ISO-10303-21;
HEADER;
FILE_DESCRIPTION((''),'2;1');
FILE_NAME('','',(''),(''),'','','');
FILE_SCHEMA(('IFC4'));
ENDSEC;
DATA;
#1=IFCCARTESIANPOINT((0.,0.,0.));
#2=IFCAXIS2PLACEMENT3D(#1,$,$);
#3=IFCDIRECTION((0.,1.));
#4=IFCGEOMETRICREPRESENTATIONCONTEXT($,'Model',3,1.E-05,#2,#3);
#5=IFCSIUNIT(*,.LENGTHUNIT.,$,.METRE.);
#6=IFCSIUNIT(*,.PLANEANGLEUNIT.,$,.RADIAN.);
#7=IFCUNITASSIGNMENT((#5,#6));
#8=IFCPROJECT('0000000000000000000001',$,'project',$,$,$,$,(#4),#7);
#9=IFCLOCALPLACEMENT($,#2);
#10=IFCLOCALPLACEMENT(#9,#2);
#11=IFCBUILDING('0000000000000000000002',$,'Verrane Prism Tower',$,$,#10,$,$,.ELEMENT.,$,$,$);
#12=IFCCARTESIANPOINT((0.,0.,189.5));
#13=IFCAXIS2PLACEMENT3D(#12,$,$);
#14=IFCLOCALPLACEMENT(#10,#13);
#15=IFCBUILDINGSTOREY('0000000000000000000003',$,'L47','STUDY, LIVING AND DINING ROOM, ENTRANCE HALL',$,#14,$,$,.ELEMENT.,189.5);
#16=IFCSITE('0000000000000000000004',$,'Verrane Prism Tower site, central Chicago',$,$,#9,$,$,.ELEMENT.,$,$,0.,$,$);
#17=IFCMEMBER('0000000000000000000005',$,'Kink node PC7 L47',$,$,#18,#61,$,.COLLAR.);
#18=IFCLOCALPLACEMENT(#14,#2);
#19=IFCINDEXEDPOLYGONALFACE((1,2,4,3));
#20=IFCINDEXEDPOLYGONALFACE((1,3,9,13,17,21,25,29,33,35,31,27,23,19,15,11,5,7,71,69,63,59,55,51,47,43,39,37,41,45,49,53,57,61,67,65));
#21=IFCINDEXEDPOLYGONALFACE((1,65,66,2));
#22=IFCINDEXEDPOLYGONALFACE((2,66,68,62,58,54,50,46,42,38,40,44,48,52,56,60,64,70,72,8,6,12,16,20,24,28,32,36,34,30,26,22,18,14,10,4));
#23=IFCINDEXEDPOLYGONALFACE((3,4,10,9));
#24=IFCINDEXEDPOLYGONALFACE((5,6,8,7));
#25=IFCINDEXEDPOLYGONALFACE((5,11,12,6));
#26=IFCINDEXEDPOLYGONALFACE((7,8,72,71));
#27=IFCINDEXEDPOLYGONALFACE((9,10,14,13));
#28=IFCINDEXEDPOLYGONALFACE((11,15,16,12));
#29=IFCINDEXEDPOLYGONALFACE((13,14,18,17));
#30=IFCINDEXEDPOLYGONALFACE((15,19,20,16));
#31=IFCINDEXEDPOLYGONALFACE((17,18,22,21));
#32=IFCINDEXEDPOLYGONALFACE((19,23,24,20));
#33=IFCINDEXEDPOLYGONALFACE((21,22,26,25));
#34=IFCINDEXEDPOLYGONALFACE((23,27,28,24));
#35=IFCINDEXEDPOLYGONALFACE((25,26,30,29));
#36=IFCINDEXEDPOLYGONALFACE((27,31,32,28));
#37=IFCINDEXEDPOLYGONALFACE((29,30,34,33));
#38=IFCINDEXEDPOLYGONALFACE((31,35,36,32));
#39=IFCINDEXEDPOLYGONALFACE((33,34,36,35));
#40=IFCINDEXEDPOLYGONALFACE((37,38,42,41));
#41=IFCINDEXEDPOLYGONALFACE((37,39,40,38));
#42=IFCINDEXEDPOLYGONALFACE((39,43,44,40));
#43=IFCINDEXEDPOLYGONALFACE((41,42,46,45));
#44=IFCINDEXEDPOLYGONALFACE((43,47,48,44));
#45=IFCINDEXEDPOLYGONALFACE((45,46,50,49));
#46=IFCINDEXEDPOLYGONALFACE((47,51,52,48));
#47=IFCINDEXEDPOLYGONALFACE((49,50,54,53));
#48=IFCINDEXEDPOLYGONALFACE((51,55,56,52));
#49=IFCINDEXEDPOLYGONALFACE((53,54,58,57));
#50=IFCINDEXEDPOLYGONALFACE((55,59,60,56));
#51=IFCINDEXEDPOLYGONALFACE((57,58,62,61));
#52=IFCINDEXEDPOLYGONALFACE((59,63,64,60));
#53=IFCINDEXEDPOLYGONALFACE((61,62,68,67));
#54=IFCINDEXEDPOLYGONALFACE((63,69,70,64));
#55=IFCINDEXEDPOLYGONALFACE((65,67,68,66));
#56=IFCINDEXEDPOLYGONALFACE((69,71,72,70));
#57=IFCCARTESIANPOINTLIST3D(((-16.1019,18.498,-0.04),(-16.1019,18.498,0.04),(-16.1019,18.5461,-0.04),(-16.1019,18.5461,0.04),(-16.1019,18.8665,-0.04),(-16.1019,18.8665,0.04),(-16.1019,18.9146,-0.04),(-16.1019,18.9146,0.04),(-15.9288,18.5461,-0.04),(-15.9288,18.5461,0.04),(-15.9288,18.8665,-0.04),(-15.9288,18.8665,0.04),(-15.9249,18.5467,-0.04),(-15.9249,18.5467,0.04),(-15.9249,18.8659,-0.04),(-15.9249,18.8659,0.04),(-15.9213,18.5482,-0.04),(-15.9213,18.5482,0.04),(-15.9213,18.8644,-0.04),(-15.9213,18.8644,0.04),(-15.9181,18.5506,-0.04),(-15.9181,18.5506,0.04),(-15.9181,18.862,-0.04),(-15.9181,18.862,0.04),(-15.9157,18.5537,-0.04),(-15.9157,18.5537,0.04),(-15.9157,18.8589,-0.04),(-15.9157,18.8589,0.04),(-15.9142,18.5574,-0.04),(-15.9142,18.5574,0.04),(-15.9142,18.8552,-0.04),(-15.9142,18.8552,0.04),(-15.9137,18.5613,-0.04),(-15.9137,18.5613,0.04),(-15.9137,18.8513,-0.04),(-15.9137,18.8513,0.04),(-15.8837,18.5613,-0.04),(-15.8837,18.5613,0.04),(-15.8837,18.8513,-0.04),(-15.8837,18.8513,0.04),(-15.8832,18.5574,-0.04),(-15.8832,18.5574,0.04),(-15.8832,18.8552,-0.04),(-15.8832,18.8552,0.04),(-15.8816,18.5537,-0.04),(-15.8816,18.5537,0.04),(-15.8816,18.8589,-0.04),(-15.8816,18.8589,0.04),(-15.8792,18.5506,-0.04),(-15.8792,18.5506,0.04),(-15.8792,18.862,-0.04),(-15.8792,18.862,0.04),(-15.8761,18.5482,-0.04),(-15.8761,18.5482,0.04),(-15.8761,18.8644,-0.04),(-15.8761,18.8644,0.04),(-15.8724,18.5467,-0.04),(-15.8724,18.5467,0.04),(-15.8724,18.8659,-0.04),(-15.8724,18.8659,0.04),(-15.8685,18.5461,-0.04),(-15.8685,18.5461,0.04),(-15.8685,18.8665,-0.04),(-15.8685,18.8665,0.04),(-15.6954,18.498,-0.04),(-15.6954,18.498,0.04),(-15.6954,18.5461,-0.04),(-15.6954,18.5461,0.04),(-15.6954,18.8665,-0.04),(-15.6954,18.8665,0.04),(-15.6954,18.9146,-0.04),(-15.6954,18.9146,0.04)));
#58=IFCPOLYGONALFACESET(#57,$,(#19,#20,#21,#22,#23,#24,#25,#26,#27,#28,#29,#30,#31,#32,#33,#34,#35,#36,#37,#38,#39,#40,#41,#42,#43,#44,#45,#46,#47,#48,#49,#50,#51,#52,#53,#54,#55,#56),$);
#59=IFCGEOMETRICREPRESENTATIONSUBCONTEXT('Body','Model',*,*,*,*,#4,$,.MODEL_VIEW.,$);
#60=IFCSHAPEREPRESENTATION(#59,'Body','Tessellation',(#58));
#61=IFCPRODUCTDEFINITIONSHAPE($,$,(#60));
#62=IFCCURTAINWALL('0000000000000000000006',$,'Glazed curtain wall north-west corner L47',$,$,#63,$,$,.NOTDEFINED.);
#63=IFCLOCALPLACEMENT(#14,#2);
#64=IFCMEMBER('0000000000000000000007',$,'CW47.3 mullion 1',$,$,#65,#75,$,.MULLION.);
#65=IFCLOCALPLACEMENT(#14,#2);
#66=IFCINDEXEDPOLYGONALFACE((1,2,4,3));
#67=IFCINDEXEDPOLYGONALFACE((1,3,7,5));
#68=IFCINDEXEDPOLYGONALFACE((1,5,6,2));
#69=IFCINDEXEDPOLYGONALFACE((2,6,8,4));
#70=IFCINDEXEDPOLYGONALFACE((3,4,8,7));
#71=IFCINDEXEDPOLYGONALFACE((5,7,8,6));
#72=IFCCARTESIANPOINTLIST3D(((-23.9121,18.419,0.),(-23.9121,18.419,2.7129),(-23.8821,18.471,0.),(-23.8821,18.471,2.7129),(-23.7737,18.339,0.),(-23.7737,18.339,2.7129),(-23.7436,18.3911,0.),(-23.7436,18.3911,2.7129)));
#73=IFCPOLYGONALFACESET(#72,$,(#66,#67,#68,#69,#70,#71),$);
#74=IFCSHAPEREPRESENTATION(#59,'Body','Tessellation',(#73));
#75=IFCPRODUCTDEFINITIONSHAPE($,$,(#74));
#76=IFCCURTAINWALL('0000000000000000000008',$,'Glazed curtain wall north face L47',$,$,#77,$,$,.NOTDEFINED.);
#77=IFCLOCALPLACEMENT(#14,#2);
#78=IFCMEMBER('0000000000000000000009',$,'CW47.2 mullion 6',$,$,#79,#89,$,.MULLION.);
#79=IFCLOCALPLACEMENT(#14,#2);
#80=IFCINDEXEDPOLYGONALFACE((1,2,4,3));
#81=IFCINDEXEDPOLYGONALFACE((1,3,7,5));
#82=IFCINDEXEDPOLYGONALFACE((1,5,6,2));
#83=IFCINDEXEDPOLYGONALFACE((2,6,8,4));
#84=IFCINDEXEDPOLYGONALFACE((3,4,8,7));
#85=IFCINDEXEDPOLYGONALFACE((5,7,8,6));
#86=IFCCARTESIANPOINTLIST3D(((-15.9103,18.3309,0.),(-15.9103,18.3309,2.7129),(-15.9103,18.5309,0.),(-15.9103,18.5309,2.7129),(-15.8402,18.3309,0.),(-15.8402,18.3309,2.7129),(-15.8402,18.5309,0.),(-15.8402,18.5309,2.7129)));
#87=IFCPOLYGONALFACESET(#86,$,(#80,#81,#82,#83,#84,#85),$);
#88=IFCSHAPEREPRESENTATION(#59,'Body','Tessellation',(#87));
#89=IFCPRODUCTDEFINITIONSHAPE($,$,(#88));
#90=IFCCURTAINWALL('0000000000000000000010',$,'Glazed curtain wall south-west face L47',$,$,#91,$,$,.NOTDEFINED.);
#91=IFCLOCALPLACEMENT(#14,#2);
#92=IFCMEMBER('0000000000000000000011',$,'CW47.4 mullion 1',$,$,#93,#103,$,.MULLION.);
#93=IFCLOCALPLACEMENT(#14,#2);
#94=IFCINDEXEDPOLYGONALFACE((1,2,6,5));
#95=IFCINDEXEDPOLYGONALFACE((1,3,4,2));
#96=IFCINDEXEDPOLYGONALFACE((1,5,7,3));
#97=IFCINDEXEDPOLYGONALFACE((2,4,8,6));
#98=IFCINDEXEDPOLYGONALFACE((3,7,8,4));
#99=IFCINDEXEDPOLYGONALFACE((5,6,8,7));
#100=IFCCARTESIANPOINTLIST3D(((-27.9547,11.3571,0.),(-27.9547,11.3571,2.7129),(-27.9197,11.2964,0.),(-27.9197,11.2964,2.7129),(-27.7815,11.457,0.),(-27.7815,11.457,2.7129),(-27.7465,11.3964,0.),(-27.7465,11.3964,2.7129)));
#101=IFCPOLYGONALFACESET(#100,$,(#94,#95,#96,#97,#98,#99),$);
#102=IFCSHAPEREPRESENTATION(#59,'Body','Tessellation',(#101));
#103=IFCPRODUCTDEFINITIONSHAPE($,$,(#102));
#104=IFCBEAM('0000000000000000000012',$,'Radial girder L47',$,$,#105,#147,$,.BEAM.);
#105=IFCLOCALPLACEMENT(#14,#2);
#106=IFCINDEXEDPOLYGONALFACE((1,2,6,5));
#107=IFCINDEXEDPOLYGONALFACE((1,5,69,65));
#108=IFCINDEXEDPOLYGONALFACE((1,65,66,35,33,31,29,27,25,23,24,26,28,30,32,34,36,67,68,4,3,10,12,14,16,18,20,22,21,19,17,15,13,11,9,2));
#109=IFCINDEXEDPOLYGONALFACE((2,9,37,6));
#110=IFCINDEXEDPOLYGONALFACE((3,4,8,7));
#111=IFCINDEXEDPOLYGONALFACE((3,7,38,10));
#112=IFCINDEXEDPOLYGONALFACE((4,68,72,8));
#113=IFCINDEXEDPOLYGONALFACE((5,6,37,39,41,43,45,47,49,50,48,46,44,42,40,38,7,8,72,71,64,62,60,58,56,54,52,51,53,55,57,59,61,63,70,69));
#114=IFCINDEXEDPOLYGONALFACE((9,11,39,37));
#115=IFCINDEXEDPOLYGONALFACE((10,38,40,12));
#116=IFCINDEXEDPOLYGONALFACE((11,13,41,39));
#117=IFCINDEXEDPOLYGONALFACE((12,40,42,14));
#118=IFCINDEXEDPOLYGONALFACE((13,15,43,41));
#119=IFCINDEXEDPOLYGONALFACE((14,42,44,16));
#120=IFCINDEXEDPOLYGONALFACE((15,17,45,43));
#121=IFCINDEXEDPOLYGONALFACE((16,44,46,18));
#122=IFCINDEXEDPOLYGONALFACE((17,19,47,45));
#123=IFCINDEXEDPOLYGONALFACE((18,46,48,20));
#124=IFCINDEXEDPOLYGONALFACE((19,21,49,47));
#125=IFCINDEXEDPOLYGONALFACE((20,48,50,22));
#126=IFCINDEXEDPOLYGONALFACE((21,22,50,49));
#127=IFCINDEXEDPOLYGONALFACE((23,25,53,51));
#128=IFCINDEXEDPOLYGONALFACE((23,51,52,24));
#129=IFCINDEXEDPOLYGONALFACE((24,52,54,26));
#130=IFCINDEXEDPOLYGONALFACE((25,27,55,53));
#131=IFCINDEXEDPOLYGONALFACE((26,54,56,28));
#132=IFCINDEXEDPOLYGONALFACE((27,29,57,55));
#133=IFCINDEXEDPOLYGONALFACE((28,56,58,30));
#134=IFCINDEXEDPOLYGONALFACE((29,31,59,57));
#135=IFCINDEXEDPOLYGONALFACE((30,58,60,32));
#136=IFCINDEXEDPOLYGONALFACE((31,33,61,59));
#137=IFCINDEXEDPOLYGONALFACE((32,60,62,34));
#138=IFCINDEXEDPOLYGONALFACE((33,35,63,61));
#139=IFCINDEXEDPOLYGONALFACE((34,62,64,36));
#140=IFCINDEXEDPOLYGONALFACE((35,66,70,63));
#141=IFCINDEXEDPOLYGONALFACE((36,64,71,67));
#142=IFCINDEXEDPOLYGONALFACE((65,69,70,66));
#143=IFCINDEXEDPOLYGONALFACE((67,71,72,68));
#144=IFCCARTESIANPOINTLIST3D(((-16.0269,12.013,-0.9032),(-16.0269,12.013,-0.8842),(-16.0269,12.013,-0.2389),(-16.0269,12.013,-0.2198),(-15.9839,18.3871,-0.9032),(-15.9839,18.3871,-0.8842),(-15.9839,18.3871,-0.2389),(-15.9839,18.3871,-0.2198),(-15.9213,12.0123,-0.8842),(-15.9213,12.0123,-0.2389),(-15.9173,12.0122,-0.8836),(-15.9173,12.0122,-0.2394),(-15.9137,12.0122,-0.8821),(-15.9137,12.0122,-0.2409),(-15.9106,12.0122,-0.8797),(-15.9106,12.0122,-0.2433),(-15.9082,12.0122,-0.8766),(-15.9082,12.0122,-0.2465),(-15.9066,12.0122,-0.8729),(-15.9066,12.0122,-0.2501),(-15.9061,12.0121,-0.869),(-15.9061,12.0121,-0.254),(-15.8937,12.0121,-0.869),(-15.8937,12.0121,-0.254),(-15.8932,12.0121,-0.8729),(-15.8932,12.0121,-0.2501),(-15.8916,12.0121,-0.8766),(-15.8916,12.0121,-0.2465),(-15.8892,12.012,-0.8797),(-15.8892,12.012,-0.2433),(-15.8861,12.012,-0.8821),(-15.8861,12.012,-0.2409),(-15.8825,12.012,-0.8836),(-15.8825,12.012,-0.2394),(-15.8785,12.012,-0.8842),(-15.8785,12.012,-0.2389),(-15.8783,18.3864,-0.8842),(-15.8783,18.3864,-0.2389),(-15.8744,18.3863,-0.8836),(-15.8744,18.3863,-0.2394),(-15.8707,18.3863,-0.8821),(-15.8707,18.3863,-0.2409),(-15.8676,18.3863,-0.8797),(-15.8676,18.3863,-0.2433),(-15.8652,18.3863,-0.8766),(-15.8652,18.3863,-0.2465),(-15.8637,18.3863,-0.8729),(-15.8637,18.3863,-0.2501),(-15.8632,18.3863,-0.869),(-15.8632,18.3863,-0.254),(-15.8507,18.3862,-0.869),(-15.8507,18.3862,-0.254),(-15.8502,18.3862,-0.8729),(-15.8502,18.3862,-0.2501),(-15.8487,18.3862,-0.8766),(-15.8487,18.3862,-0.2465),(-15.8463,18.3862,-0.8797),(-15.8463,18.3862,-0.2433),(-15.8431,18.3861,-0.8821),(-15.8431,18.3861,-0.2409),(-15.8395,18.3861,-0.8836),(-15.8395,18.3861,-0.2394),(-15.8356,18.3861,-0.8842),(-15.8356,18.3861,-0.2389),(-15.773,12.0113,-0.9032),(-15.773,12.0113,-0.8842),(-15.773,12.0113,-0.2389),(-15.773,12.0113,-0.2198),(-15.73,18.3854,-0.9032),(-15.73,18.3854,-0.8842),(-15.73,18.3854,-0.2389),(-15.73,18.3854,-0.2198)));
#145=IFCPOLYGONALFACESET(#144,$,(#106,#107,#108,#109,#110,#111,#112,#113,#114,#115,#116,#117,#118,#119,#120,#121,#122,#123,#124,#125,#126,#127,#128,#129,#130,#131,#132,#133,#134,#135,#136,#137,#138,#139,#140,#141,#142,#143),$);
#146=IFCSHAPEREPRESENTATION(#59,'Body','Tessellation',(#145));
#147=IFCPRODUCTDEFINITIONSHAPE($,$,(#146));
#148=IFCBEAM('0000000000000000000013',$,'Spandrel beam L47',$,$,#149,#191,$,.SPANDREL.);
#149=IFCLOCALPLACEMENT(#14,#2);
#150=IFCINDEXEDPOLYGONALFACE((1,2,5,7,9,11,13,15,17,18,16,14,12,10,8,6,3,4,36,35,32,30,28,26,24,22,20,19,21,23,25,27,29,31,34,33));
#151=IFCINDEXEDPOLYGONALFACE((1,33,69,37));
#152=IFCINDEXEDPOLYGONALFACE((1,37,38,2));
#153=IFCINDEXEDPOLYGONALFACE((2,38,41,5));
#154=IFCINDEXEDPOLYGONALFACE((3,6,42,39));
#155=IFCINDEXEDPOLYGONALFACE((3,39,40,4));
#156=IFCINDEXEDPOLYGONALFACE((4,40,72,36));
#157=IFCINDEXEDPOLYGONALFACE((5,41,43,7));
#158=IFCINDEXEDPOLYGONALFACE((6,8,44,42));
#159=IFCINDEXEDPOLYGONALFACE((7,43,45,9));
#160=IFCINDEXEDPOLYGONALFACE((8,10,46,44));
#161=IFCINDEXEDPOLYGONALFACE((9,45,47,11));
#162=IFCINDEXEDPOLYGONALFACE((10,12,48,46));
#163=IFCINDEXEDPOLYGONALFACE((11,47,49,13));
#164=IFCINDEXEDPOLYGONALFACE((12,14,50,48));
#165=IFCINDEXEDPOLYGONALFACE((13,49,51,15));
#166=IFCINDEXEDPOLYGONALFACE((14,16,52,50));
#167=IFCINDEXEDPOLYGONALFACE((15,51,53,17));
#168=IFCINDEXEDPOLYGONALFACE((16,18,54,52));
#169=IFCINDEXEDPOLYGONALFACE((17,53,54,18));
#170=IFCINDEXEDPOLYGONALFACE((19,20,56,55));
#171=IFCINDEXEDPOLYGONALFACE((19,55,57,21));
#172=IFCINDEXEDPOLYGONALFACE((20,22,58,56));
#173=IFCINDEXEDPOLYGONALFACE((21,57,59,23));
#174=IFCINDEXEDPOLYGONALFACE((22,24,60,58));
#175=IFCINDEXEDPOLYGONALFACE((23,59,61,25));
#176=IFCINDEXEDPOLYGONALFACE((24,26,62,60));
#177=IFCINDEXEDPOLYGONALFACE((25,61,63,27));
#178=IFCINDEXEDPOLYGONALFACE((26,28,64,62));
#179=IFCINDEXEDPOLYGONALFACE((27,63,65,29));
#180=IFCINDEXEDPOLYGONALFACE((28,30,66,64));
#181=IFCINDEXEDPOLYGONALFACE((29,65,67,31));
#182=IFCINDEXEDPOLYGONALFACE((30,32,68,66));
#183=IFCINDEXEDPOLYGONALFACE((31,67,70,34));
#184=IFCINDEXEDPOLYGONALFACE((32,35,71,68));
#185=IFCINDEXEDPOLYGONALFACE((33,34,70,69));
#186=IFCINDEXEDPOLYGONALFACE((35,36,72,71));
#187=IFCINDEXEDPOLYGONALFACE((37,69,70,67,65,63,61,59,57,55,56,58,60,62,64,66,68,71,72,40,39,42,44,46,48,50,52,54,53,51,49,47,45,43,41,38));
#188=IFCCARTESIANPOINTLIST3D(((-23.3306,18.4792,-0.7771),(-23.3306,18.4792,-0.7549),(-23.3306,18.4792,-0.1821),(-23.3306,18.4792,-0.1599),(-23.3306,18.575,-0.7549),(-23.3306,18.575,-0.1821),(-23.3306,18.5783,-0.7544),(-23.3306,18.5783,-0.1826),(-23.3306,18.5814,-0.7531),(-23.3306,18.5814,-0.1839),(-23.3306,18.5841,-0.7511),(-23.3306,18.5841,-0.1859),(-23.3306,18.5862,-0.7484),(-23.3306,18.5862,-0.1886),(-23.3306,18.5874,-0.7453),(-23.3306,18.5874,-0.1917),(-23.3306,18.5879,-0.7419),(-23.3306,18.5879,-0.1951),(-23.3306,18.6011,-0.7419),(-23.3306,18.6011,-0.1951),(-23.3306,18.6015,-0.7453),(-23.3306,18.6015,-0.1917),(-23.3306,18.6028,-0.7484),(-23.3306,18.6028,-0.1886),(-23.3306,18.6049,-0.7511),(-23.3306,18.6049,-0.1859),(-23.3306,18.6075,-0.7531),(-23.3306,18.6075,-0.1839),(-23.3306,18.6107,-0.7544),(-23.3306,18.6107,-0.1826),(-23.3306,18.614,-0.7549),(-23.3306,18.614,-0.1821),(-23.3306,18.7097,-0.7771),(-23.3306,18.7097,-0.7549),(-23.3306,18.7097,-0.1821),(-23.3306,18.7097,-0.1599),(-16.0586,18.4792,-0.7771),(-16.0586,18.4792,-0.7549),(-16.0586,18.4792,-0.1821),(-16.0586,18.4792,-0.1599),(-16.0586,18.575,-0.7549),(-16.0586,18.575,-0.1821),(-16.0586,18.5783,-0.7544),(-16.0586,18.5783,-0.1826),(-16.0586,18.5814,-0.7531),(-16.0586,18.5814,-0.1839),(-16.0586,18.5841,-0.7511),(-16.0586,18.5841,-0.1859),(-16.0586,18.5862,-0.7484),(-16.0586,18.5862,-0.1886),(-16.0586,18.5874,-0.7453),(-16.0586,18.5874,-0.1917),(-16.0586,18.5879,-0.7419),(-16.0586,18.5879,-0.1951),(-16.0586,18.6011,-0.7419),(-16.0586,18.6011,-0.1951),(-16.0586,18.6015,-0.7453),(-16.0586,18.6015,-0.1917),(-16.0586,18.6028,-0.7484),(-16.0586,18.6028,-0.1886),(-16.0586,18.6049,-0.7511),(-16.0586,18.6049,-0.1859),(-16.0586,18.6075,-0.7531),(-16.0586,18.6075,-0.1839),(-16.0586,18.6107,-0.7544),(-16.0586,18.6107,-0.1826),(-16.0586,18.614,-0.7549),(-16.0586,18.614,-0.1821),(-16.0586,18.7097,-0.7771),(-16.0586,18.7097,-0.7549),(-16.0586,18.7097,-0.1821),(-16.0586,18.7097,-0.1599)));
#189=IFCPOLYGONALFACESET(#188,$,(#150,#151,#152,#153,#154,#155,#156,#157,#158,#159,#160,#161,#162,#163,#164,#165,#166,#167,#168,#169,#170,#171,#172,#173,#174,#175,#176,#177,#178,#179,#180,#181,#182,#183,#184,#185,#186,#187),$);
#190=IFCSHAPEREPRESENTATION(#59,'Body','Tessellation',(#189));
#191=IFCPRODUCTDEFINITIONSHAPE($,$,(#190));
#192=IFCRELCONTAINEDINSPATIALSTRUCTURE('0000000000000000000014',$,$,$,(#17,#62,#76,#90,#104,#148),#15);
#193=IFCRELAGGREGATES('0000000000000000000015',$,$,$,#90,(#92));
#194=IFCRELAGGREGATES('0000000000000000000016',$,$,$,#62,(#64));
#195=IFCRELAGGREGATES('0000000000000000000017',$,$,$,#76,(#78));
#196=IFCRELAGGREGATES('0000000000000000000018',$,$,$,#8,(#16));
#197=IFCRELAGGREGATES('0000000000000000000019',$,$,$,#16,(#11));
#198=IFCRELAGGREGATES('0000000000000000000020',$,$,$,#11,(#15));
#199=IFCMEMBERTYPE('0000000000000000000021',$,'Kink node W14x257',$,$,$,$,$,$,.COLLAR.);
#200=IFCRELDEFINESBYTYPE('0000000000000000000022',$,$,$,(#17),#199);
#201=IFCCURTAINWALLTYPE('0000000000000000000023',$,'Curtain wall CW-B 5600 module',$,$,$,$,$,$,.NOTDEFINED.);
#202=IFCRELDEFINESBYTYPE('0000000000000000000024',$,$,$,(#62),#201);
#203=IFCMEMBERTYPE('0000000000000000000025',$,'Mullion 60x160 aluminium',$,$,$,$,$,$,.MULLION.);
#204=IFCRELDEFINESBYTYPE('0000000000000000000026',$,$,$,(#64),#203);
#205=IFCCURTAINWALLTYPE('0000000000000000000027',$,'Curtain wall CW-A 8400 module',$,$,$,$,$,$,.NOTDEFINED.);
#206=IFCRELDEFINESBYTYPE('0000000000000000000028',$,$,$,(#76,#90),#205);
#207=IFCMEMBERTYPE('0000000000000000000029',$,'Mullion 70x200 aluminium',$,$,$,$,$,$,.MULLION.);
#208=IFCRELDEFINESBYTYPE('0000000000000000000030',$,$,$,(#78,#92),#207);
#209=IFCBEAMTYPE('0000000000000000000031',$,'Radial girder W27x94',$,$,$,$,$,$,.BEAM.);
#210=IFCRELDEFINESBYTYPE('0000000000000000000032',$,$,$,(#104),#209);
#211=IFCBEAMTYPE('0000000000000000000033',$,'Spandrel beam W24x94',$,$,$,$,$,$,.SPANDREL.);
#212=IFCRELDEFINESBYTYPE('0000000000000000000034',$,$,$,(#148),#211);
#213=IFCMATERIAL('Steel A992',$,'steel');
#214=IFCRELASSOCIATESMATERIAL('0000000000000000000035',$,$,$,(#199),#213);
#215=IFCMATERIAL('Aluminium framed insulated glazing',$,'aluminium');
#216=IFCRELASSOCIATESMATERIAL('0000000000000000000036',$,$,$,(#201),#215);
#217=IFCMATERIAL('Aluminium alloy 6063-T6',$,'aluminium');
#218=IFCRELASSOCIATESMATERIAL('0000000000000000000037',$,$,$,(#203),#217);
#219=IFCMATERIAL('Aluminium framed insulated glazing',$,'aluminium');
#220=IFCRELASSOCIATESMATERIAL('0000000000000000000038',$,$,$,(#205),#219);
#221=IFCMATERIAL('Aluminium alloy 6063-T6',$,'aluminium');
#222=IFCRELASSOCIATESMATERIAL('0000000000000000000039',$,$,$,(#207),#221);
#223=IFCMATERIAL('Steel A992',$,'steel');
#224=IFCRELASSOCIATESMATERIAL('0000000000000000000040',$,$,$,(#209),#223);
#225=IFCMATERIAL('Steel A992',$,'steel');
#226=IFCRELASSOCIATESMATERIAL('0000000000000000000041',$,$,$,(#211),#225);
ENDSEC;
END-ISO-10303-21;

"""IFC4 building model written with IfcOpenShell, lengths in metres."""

from ifc_helpers import new_model, si_unit, direction, frame, origin, origin_2d, place, context, subcontext, project, spatial, rectangle, i_section, extrude, material, material_profile, profile_set, type_object, element, aggregate, save


model = new_model("IFC4")

# Units and contexts
model_context = context("Model", 3, precision=1e-05, world=origin(), true_north=direction((0.0, 1.0)))
body_context = subcontext(model_context, "Body", "Model", "MODEL_VIEW")
ifc_project = project(units=[si_unit("LENGTHUNIT", "METRE"), si_unit("PLANEANGLEUNIT", "RADIAN")], contexts=[model_context])

# Site, building, storey
site_placement = place(None, origin())
site = spatial("IfcSite", under=ifc_project, at=site_placement, Name="Verrane Prism Tower site, central Chicago", CompositionType="ELEMENT", RefElevation=0.0)
building_placement = place(site_placement, origin())
building = spatial("IfcBuilding", under=site, at=building_placement, Name="Verrane Prism Tower", CompositionType="ELEMENT")
storey_placement = place(building_placement, frame((0.0, 0.0, 189.5)))
storey = spatial("IfcBuildingStorey", under=building, at=storey_placement, Name="L47", Description="STUDY, LIVING AND DINING ROOM, ENTRANCE HALL", CompositionType="ELEMENT", Elevation=189.5)

# Member
ifc_material_1 = material(Name="Steel A992", Category="steel")
ifc_material_profile_1 = material_profile(ifc_material_1, i_section(OverallWidth=0.4065, OverallDepth=0.4165, WebThickness=0.03, FlangeThickness=0.0481, FilletRadius=0.0151, at=origin_2d()), Name="W14x257")
ifc_profile_set_1 = profile_set([ifc_material_profile_1], Name="Steel A992")
member_type_1 = type_object("IfcMemberType", Name="Kink node W14x257", PredefinedType="COLLAR", material=ifc_profile_set_1)
member_1_placement = place(storey_placement, frame((-15.8987, 18.7063, -0.04), z_axis=(0.0, 0.0, 1.0), x_axis=(1.0, 0.0, 0.0)))
element("IfcMember", 1, at=member_1_placement, inside=storey, type_object=member_type_1, Name="Kink node PC7 L47", PredefinedType="COLLAR", context=body_context, shape_type="SweptSolid", body=[
    extrude(i_section(OverallWidth=0.4065, OverallDepth=0.4165, WebThickness=0.03, FlangeThickness=0.0481, FilletRadius=0.0151, at=origin_2d()), origin(), (0.0, 0.0, 1.0), 0.0801),
])

# Curtain walls, members
ifc_material_2 = material(Name="Aluminium framed insulated glazing", Category="aluminium")
curtain_wall_type_1 = type_object("IfcCurtainWallType", Name="Curtain wall CW-B 5600 module", PredefinedType="NOTDEFINED", material=ifc_material_2)
curtain_wall_1_placement = place(storey_placement, origin())
curtain_wall_1 = element("IfcCurtainWall", 2, at=curtain_wall_1_placement, inside=storey, type_object=curtain_wall_type_1, Name="Glazed curtain wall north-west corner L47", PredefinedType="NOTDEFINED")
ifc_material_3 = material(Name="Aluminium alloy 6063-T6", Category="aluminium")
ifc_material_profile_2 = material_profile(ifc_material_3, rectangle(XDim=0.1599, YDim=0.0601, at=origin_2d()), Name="Mullion 60x160 aluminium")
ifc_profile_set_2 = profile_set([ifc_material_profile_2], Name="Aluminium alloy 6063-T6")
member_type_2 = type_object("IfcMemberType", Name="Mullion 60x160 aluminium", PredefinedType="MULLION", material=ifc_profile_set_2)
member_2_placement = place(storey_placement, frame((-23.8279, 18.405, 0.0), z_axis=(0.0, 0.0, 1.0), x_axis=(0.866023, -0.500005, 0.0)))
member_2 = element("IfcMember", 3, at=member_2_placement, type_object=member_type_2, Name="CW47.3 mullion 1", PredefinedType="MULLION", context=body_context, shape_type="SweptSolid", body=[
    extrude(rectangle(XDim=0.1599, YDim=0.0601, at=origin_2d()), origin(), (0.0, 0.0, 1.0), 2.7129),
])
ifc_material_4 = material(Name="Aluminium framed insulated glazing", Category="aluminium")
curtain_wall_type_2 = type_object("IfcCurtainWallType", Name="Curtain wall CW-A 8400 module", PredefinedType="NOTDEFINED", material=ifc_material_4)
curtain_wall_2_placement = place(storey_placement, origin())
curtain_wall_2 = element("IfcCurtainWall", 4, at=curtain_wall_2_placement, inside=storey, type_object=curtain_wall_type_2, Name="Glazed curtain wall north face L47", PredefinedType="NOTDEFINED")
ifc_material_5 = material(Name="Aluminium alloy 6063-T6", Category="aluminium")
ifc_material_profile_3 = material_profile(ifc_material_5, rectangle(XDim=0.2, YDim=0.0701, at=origin_2d()), Name="Mullion 70x200 aluminium")
ifc_profile_set_3 = profile_set([ifc_material_profile_3], Name="Aluminium alloy 6063-T6")
member_type_3 = type_object("IfcMemberType", Name="Mullion 70x200 aluminium", PredefinedType="MULLION", material=ifc_profile_set_3)
member_3_placement = place(storey_placement, frame((-15.8752, 18.4309, 0.0), z_axis=(0.0, 0.0, 1.0), x_axis=(0.0, -1.0, 0.0)))
member_3 = element("IfcMember", 5, at=member_3_placement, type_object=member_type_3, Name="CW47.2 mullion 6", PredefinedType="MULLION", context=body_context, shape_type="SweptSolid", body=[
    extrude(rectangle(XDim=0.2, YDim=0.0701, at=origin_2d()), origin(), (0.0, 0.0, 1.0), 2.7129),
])
curtain_wall_3_placement = place(storey_placement, origin())
curtain_wall_3 = element("IfcCurtainWall", 6, at=curtain_wall_3_placement, inside=storey, type_object=curtain_wall_type_2, Name="Glazed curtain wall south-west face L47", PredefinedType="NOTDEFINED")
member_4_placement = place(storey_placement, frame((-27.8506, 11.3767, 0.0), z_axis=(0.0, 0.0, 1.0), x_axis=(0.866026, 0.5, 0.0)))
member_4 = element("IfcMember", 7, at=member_4_placement, type_object=member_type_3, Name="CW47.4 mullion 1", PredefinedType="MULLION", context=body_context, shape_type="SweptSolid", body=[
    extrude(rectangle(XDim=0.2, YDim=0.0701, at=origin_2d()), origin(), (0.0, 0.0, 1.0), 2.7129),
])

# Beams
ifc_material_6 = material(Name="Steel A992", Category="steel")
ifc_material_profile_4 = material_profile(ifc_material_6, i_section(OverallWidth=0.2539, OverallDepth=0.6833, WebThickness=0.0125, FlangeThickness=0.019, FilletRadius=0.0151, at=origin_2d()), Name="W27x94")
ifc_profile_set_4 = profile_set([ifc_material_profile_4], Name="Steel A992")
beam_type_1 = type_object("IfcBeamType", Name="Radial girder W27x94", PredefinedType="BEAM", material=ifc_profile_set_4)
beam_1_placement = place(storey_placement, frame((-15.8569, 18.3862, -0.5615), z_axis=(-0.006741, -0.999977, 0.0), x_axis=(0.999977, -0.006741, 0.0)))
element("IfcBeam", 8, at=beam_1_placement, inside=storey, type_object=beam_type_1, Name="Radial girder L47", PredefinedType="BEAM", context=body_context, shape_type="SweptSolid", body=[
    extrude(i_section(OverallWidth=0.2539, OverallDepth=0.6833, WebThickness=0.0125, FlangeThickness=0.019, FilletRadius=0.0151, at=origin_2d()), origin(), (0.0, 0.0, 1.0), 6.3743),
])
ifc_material_7 = material(Name="Steel A992", Category="steel")
ifc_material_profile_5 = material_profile(ifc_material_7, i_section(OverallWidth=0.2305, OverallDepth=0.6172, WebThickness=0.0132, FlangeThickness=0.0222, FilletRadius=0.0129, at=origin_2d()), Name="W24x94")
ifc_profile_set_5 = profile_set([ifc_material_profile_5], Name="Steel A992")
beam_type_2 = type_object("IfcBeamType", Name="Spandrel beam W24x94", PredefinedType="SPANDREL", material=ifc_profile_set_5)
beam_2_placement = place(storey_placement, frame((-16.0586, 18.5945, -0.4685), z_axis=(-1.0, 0.0, 0.0), x_axis=(0.0, -1.0, 0.0)))
element("IfcBeam", 9, at=beam_2_placement, inside=storey, type_object=beam_type_2, Name="Spandrel beam L47", PredefinedType="SPANDREL", context=body_context, shape_type="SweptSolid", body=[
    extrude(i_section(OverallWidth=0.2305, OverallDepth=0.6172, WebThickness=0.0132, FlangeThickness=0.0222, FilletRadius=0.0129, at=origin_2d()), origin(), (0.0, 0.0, 1.0), 7.272),
])

aggregate(curtain_wall_3, [member_4])

aggregate(curtain_wall_1, [member_2])
aggregate(curtain_wall_2, [member_3])

save(model, "model.ifc")
